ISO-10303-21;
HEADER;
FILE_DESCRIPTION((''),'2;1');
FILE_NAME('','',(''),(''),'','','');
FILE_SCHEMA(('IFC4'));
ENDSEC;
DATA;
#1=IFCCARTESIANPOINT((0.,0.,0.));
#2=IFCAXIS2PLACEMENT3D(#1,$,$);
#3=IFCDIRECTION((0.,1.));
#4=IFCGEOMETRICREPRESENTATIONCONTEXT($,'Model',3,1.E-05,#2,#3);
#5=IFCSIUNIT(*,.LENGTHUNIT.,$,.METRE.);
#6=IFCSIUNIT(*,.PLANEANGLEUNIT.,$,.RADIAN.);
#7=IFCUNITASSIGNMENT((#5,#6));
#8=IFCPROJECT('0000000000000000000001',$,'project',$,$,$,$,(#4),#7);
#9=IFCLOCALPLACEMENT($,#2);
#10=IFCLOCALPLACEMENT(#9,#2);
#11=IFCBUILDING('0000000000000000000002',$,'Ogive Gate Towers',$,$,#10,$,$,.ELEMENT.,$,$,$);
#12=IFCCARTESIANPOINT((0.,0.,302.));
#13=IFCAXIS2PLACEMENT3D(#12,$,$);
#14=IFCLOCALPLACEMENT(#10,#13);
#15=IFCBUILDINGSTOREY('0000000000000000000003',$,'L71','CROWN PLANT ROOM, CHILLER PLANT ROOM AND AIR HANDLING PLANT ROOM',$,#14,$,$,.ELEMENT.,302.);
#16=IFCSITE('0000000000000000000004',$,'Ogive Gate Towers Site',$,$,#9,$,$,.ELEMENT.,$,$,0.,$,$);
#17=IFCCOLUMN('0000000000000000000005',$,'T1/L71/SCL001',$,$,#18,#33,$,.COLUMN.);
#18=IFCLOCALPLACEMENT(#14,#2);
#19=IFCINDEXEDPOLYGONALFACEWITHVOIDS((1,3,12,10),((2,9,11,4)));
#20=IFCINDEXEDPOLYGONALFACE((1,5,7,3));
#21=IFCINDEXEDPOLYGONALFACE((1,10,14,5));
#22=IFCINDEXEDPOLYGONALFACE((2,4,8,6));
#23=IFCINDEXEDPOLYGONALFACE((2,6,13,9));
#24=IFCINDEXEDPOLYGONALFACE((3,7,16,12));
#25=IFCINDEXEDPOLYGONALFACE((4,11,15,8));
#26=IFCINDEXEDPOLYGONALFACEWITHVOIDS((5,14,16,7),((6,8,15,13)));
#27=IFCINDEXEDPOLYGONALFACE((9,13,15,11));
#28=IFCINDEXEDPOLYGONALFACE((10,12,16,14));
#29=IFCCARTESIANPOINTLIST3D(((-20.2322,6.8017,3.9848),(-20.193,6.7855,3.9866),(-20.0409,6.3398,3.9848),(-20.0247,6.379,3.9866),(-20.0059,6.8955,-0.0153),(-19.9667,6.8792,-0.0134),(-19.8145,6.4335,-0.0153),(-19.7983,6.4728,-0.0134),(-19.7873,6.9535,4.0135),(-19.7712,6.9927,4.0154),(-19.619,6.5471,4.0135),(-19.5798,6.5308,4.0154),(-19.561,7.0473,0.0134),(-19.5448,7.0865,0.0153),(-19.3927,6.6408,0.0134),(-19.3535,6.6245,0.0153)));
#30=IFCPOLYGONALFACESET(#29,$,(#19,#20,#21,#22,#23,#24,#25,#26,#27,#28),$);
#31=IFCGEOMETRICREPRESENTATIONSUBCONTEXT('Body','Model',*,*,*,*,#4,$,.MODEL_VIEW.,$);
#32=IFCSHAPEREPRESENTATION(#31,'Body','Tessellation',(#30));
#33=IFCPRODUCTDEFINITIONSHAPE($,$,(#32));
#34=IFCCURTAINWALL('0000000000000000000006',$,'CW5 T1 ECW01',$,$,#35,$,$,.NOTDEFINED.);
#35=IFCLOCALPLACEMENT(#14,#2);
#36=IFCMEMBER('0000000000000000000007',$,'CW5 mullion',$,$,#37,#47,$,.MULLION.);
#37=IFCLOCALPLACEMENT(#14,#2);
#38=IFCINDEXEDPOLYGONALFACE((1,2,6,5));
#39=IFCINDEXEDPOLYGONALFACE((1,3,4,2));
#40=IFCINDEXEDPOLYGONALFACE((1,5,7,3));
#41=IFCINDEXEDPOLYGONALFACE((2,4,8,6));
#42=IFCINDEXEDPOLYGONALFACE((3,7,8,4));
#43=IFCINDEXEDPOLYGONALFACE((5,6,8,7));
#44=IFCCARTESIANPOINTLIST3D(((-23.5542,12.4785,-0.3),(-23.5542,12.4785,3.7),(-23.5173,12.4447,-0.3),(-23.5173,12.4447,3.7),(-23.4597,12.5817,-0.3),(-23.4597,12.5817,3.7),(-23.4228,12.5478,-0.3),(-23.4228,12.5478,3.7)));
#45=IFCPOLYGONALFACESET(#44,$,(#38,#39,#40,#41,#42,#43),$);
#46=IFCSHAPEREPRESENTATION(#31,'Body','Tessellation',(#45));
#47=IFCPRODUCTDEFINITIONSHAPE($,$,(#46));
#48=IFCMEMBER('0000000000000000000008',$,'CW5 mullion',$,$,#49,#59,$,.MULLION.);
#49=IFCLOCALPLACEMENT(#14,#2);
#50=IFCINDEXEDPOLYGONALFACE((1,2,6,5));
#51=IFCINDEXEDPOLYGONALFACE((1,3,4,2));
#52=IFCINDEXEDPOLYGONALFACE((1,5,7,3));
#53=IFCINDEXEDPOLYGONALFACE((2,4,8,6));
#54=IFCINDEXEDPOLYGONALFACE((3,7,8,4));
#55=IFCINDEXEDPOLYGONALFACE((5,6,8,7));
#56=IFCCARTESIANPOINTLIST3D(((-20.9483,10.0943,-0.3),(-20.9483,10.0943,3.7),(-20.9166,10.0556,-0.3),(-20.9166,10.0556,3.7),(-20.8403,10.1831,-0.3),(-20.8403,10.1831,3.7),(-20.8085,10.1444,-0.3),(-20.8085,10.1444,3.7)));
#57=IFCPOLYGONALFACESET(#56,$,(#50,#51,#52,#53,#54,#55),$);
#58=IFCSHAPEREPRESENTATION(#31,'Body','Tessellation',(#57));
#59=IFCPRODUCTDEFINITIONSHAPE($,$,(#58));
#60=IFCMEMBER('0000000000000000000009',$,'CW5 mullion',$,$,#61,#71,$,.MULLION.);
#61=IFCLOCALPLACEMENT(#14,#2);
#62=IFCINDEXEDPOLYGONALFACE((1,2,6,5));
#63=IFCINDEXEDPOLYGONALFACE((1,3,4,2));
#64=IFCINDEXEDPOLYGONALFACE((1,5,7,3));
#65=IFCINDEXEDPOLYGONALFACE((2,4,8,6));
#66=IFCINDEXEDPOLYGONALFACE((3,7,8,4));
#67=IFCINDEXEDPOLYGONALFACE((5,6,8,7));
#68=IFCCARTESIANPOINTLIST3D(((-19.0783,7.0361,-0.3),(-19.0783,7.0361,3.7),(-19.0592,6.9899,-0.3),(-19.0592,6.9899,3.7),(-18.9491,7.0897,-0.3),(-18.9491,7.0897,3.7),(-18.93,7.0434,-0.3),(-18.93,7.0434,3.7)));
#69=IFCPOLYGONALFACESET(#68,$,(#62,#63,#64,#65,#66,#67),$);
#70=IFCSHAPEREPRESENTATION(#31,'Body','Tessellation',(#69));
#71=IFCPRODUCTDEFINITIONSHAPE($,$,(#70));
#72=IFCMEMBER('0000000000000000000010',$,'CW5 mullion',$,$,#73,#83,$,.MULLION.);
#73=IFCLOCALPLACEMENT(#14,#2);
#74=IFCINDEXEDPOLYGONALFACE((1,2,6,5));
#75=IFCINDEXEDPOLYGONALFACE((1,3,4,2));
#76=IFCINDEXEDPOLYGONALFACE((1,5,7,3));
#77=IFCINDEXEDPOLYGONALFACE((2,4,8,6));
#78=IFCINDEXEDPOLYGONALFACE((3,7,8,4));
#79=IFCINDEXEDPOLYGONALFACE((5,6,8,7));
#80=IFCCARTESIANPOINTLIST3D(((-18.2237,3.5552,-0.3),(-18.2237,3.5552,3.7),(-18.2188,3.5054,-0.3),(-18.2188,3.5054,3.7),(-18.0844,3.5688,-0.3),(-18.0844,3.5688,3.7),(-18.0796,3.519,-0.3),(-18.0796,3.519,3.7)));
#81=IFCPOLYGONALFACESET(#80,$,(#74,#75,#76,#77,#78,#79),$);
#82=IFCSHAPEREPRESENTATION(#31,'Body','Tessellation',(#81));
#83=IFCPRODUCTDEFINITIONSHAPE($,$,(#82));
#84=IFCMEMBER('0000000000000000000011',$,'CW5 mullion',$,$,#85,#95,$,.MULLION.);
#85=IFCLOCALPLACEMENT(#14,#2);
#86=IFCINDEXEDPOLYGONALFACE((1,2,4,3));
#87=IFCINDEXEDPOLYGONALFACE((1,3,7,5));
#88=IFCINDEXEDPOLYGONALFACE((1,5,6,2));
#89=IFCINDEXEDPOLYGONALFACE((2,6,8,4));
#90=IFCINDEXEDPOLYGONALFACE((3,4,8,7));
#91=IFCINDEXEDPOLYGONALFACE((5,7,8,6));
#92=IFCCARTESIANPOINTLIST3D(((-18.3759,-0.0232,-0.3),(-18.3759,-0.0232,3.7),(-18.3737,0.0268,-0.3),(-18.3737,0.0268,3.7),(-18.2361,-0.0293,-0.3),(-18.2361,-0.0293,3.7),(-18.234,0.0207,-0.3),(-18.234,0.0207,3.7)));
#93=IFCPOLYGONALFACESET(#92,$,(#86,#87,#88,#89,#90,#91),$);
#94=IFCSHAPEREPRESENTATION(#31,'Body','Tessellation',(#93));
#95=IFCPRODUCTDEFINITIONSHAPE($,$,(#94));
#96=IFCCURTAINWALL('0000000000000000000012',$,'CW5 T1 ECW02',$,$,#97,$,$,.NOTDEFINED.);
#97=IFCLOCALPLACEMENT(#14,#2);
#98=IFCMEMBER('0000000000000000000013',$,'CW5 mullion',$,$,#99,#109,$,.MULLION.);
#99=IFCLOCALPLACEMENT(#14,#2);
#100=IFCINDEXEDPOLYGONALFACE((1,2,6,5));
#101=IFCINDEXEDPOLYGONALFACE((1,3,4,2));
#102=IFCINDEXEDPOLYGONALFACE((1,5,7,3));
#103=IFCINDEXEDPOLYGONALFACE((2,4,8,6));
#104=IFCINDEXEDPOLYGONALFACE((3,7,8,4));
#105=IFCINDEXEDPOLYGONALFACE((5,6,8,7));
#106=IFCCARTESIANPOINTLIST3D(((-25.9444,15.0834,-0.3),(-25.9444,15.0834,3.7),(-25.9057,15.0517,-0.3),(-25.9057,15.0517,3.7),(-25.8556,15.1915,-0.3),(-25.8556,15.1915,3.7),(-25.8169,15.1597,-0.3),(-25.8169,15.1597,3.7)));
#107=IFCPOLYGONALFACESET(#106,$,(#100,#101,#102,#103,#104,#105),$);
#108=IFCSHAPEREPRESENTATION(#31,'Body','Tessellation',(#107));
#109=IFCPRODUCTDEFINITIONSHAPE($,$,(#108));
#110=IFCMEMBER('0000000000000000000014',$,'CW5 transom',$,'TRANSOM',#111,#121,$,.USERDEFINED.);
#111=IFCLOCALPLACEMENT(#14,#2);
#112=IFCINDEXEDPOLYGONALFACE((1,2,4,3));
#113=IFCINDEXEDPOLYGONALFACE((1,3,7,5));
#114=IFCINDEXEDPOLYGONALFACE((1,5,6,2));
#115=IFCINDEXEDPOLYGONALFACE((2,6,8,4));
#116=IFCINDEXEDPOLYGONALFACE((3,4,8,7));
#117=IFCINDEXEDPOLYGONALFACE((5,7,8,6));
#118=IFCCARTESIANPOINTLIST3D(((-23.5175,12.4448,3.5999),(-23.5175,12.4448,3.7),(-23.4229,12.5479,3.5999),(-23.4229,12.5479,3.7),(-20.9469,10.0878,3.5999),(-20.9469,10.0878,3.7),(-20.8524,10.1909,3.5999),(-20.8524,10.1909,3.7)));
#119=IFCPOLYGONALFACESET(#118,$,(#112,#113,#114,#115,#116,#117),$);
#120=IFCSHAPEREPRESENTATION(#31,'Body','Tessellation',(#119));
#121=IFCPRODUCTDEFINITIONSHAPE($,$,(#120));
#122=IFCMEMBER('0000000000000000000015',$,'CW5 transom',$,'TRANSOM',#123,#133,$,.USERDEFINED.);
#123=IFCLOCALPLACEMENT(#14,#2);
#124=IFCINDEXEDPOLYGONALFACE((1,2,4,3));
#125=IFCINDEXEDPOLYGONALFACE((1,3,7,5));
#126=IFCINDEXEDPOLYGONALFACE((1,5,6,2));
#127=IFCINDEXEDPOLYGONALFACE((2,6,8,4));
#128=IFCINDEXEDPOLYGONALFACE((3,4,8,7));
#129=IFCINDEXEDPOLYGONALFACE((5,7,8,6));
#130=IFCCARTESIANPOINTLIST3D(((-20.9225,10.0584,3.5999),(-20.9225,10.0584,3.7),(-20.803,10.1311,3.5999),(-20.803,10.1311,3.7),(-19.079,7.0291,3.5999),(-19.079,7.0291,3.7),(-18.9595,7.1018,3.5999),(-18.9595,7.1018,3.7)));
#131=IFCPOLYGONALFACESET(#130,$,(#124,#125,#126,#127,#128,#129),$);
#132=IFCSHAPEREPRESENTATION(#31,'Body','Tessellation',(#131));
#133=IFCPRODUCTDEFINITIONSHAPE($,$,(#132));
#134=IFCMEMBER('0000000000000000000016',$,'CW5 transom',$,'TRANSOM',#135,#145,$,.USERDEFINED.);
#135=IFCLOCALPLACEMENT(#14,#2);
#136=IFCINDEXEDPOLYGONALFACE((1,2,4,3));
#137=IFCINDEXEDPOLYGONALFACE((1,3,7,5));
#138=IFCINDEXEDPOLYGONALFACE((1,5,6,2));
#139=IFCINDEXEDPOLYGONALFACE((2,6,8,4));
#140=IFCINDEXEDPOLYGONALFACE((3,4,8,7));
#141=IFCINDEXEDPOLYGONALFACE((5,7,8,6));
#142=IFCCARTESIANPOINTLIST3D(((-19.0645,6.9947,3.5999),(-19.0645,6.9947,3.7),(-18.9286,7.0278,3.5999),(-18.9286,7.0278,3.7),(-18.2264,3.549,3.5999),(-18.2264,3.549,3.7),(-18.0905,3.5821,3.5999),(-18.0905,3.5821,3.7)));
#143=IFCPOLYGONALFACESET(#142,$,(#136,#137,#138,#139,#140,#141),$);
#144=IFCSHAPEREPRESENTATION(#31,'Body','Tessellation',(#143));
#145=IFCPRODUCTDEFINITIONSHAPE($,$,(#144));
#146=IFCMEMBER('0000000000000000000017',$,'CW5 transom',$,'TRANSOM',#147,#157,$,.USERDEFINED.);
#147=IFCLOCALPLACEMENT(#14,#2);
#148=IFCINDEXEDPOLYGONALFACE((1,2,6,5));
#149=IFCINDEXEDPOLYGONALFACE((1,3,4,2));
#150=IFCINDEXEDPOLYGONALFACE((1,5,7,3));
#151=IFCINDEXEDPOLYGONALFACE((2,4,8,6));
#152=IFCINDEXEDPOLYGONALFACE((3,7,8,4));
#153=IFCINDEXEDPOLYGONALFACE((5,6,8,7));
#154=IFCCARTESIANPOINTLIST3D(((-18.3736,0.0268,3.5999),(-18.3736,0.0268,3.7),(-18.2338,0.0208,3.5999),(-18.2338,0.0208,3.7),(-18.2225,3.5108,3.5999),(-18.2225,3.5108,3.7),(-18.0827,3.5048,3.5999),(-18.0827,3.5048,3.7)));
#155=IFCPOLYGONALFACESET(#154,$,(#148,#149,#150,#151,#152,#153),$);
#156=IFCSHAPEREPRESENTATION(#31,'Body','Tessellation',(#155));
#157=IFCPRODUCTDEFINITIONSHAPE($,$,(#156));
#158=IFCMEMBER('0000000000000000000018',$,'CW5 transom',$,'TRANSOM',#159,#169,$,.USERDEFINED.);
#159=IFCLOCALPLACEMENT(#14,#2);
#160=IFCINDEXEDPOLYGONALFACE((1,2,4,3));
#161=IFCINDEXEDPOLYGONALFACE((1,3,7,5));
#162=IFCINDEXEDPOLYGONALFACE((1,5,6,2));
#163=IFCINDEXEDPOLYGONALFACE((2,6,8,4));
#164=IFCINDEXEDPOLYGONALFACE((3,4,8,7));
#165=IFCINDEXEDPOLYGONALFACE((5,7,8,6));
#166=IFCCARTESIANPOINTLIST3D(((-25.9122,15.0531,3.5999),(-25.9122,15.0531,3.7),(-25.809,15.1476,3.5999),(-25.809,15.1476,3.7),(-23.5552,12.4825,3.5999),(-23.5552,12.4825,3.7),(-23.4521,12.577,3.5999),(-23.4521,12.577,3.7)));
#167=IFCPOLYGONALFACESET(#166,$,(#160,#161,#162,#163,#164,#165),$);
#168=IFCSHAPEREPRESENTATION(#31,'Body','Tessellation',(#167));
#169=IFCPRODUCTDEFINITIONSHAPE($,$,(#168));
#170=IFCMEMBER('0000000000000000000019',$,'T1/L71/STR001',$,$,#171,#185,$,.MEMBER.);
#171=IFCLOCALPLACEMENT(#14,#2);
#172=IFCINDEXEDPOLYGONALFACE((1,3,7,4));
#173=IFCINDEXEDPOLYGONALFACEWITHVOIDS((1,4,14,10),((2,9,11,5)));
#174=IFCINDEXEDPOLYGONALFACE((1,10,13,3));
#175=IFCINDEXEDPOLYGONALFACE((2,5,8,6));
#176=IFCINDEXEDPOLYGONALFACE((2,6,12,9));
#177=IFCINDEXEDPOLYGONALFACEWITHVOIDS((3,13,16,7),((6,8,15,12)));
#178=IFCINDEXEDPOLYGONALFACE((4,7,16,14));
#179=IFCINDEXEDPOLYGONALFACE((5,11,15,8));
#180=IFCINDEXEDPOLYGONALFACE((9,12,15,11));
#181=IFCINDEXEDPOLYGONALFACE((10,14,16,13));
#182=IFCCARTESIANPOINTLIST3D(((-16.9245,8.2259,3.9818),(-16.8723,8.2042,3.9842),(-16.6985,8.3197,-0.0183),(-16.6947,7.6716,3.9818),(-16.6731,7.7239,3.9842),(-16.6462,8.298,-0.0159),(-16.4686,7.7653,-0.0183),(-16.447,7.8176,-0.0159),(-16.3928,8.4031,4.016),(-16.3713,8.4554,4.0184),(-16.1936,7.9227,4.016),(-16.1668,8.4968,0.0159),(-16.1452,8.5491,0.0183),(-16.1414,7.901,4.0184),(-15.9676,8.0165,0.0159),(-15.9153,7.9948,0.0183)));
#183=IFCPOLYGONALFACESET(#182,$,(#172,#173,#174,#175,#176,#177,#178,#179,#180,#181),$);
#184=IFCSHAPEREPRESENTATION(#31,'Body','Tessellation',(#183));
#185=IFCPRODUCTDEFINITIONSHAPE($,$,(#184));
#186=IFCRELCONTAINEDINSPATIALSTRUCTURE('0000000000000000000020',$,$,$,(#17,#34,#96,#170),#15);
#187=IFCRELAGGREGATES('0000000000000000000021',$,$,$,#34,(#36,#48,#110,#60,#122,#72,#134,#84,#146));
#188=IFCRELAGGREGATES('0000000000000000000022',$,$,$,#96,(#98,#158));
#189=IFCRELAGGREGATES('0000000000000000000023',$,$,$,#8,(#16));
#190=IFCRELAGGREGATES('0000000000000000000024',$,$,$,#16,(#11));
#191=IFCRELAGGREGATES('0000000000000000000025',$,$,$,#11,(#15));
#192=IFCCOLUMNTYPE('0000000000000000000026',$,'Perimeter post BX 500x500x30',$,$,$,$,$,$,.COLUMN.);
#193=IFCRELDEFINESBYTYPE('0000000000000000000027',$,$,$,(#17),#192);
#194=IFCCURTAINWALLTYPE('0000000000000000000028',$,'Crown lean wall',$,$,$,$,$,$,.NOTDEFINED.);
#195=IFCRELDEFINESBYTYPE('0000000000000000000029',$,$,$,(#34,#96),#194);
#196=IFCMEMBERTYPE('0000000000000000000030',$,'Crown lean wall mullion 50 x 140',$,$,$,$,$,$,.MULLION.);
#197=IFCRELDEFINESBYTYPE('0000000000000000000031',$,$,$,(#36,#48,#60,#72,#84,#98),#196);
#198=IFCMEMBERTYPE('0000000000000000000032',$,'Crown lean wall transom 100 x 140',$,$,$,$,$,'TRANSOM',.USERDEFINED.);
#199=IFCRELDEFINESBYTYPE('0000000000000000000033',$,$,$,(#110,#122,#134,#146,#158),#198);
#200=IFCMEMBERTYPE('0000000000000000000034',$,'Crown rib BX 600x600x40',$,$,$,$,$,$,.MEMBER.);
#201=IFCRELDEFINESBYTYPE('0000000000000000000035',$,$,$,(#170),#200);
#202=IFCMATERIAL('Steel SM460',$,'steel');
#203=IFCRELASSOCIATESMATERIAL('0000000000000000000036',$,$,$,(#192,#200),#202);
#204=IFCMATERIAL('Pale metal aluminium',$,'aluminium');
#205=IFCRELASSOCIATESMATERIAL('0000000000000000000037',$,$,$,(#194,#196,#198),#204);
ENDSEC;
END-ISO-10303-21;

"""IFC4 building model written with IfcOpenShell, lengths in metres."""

from ifc_helpers import new_model, si_unit, direction, frame, origin, origin_2d, place, context, subcontext, project, spatial, rectangle, hollow_rectangle, extrude, material, material_profile, profile_set, type_object, element, aggregate, save


model = new_model("IFC4")

# Units and contexts
model_context = context("Model", 3, precision=1e-05, world=origin(), true_north=direction((0.0, 1.0)))
body_context = subcontext(model_context, "Body", "Model", "MODEL_VIEW")
ifc_project = project(units=[si_unit("LENGTHUNIT", "METRE"), si_unit("PLANEANGLEUNIT", "RADIAN")], contexts=[model_context])

# Site, building, storey
site_placement = place(None, origin())
site = spatial("IfcSite", under=ifc_project, at=site_placement, Name="Ogive Gate Towers Site", CompositionType="ELEMENT", RefElevation=0.0)
building_placement = place(site_placement, origin())
building = spatial("IfcBuilding", under=site, at=building_placement, Name="Ogive Gate Towers", CompositionType="ELEMENT")
storey_placement = place(building_placement, frame((0.0, 0.0, 302.0)))
storey = spatial("IfcBuildingStorey", under=building, at=storey_placement, Name="L71", Description="CROWN PLANT ROOM, CHILLER PLANT ROOM AND AIR HANDLING PLANT ROOM", CompositionType="ELEMENT", Elevation=302.0)

# Column
ifc_material_1 = material(Name="Steel SM460", Category="steel")
ifc_material_profile_1 = material_profile(ifc_material_1, hollow_rectangle(XDim=0.5, YDim=0.5, WallThickness=0.03, at=origin_2d()), Name="BX 500x500x30")
ifc_profile_set_1 = profile_set([ifc_material_profile_1], Name="Steel SM460")
column_type = type_object("IfcColumnType", Name="Perimeter post BX 500x500x30", PredefinedType="COLUMN", material=ifc_profile_set_1)
column_placement = place(storey_placement, frame((-19.6797, 6.76, 0.0), z_axis=(-0.056474, -0.023394, 0.99813), x_axis=(0.382704, -0.923871, 0.0)))
element("IfcColumn", 1, at=column_placement, inside=storey, type_object=column_type, Name="T1/L71/SCL001", PredefinedType="COLUMN", context=body_context, shape_type="SweptSolid", body=[
    extrude(hollow_rectangle(XDim=0.5, YDim=0.5, WallThickness=0.03, at=origin_2d()), origin(), (0.0, 0.0, 1.0), 4.0076),
])

# Curtain wall, members
ifc_material_2 = material(Name="Pale metal aluminium", Category="aluminium")
curtain_wall_type = type_object("IfcCurtainWallType", Name="Crown lean wall", PredefinedType="NOTDEFINED", material=ifc_material_2)
curtain_wall_1_placement = place(storey_placement, origin())
curtain_wall_1 = element("IfcCurtainWall", 2, at=curtain_wall_1_placement, inside=storey, type_object=curtain_wall_type, Name="CW5 T1 ECW01", PredefinedType="NOTDEFINED")
ifc_material_profile_2 = material_profile(ifc_material_2, rectangle(XDim=0.1399, YDim=0.05, at=origin_2d()), Name="50 x 140 aluminium box")
ifc_profile_set_2 = profile_set([ifc_material_profile_2], Name="Pale metal aluminium")
member_type_1 = type_object("IfcMemberType", Name="Crown lean wall mullion 50 x 140", PredefinedType="MULLION", material=ifc_profile_set_2)
member_1_placement = place(storey_placement, frame((-23.4885, 12.5132, -0.3), z_axis=(0.0, 0.0, 1.0), x_axis=(-0.675796, -0.737089, 0.0)))
member_1 = element("IfcMember", 3, at=member_1_placement, type_object=member_type_1, Name="CW5 mullion", PredefinedType="MULLION", context=body_context, shape_type="SweptSolid", body=[
    extrude(rectangle(XDim=0.1399, YDim=0.05, at=origin_2d()), origin(), (0.0, 0.0, 1.0), 4.0),
])
member_2_placement = place(storey_placement, frame((-20.8784, 10.1194, -0.3), z_axis=(0.0, 0.0, 1.0), x_axis=(-0.772689, -0.634784, 0.0)))
member_2 = element("IfcMember", 4, at=member_2_placement, type_object=member_type_1, Name="CW5 mullion", PredefinedType="MULLION", context=body_context, shape_type="SweptSolid", body=[
    extrude(rectangle(XDim=0.1399, YDim=0.05, at=origin_2d()), origin(), (0.0, 0.0, 1.0), 4.0),
])
member_3_placement = place(storey_placement, frame((-19.0042, 7.0398, -0.3), z_axis=(0.0, 0.0, 1.0), x_axis=(-0.92388, -0.382683, 0.0)))
member_3 = element("IfcMember", 5, at=member_3_placement, type_object=member_type_1, Name="CW5 mullion", PredefinedType="MULLION", context=body_context, shape_type="SweptSolid", body=[
    extrude(rectangle(XDim=0.1399, YDim=0.05, at=origin_2d()), origin(), (0.0, 0.0, 1.0), 4.0),
])
member_4_placement = place(storey_placement, frame((-18.1516, 3.5371, -0.3), z_axis=(0.0, 0.0, 1.0), x_axis=(-0.995234, -0.097513, 0.0)))
member_4 = element("IfcMember", 6, at=member_4_placement, type_object=member_type_1, Name="CW5 mullion", PredefinedType="MULLION", context=body_context, shape_type="SweptSolid", body=[
    extrude(rectangle(XDim=0.1399, YDim=0.05, at=origin_2d()), origin(), (0.0, 0.0, 1.0), 4.0),
])
member_5_placement = place(storey_placement, frame((-18.3049, -0.0012, -0.3), z_axis=(0.0, 0.0, 1.0), x_axis=(-0.99906, 0.04334, 0.0)))
member_5 = element("IfcMember", 7, at=member_5_placement, type_object=member_type_1, Name="CW5 mullion", PredefinedType="MULLION", context=body_context, shape_type="SweptSolid", body=[
    extrude(rectangle(XDim=0.1399, YDim=0.05, at=origin_2d()), origin(), (0.0, 0.0, 1.0), 4.0),
])

# Curtain wall, member
curtain_wall_2_placement = place(storey_placement, origin())
curtain_wall_2 = element("IfcCurtainWall", 8, at=curtain_wall_2_placement, inside=storey, type_object=curtain_wall_type, Name="CW5 T1 ECW02", PredefinedType="NOTDEFINED")
member_6_placement = place(storey_placement, frame((-25.8806, 15.1216, -0.3), z_axis=(0.0, 0.0, 1.0), x_axis=(-0.634784, -0.772689, 0.0)))
member_6 = element("IfcMember", 9, at=member_6_placement, type_object=member_type_1, Name="CW5 mullion", PredefinedType="MULLION", context=body_context, shape_type="SweptSolid", body=[
    extrude(rectangle(XDim=0.1399, YDim=0.05, at=origin_2d()), origin(), (0.0, 0.0, 1.0), 4.0),
])

# Members
ifc_material_profile_3 = material_profile(ifc_material_2, rectangle(XDim=0.1399, YDim=0.1001, at=origin_2d()), Name="100 x 140 aluminium box")
ifc_profile_set_3 = profile_set([ifc_material_profile_3], Name="Pale metal aluminium")
member_type_2 = type_object("IfcMemberType", Name="Crown lean wall transom 100 x 140", ElementType="TRANSOM", PredefinedType="USERDEFINED", material=ifc_profile_set_3)
member_7_placement = place(storey_placement, frame((-23.4702, 12.4963, 3.6499), z_axis=(0.73707, -0.675817, 0.0), x_axis=(0.675817, 0.73707, 0.0)))
member_7 = element("IfcMember", 10, at=member_7_placement, type_object=member_type_2, Name="CW5 transom", ObjectType="TRANSOM", PredefinedType="USERDEFINED", context=body_context, shape_type="SweptSolid", body=[
    extrude(rectangle(XDim=0.1399, YDim=0.1001, at=origin_2d()), origin(), (0.0, 0.0, 1.0), 3.4875),
])
member_8_placement = place(storey_placement, frame((-20.8628, 10.0947, 3.6499), z_axis=(0.519862, -0.85425, 0.0), x_axis=(0.85425, 0.519862, 0.0)))
member_8 = element("IfcMember", 11, at=member_8_placement, type_object=member_type_2, Name="CW5 transom", ObjectType="TRANSOM", PredefinedType="USERDEFINED", context=body_context, shape_type="SweptSolid", body=[
    extrude(rectangle(XDim=0.1399, YDim=0.1001, at=origin_2d()), origin(), (0.0, 0.0, 1.0), 3.5461),
])
member_9_placement = place(storey_placement, frame((-18.9966, 7.0112, 3.6499), z_axis=(0.236359, -0.971666, 0.0), x_axis=(0.971666, 0.236359, 0.0)))
member_9 = element("IfcMember", 12, at=member_9_placement, type_object=member_type_2, Name="CW5 transom", ObjectType="TRANSOM", PredefinedType="USERDEFINED", context=body_context, shape_type="SweptSolid", body=[
    extrude(rectangle(XDim=0.1399, YDim=0.1001, at=origin_2d()), origin(), (0.0, 0.0, 1.0), 3.5461),
])
member_10_placement = place(storey_placement, frame((-18.1526, 3.5078, 3.6499), z_axis=(-0.043334, -0.999061, 0.0), x_axis=(0.999061, -0.043334, 0.0)))
member_10 = element("IfcMember", 13, at=member_10_placement, type_object=member_type_2, Name="CW5 transom", ObjectType="TRANSOM", PredefinedType="USERDEFINED", context=body_context, shape_type="SweptSolid", body=[
    extrude(rectangle(XDim=0.1399, YDim=0.1001, at=origin_2d()), origin(), (0.0, 0.0, 1.0), 3.4873),
])
member_11_placement = place(storey_placement, frame((-25.8606, 15.1003, 3.6499), z_axis=(0.675817, -0.73707, 0.0), x_axis=(0.73707, 0.675817, 0.0)))
member_11 = element("IfcMember", 14, at=member_11_placement, type_object=member_type_2, Name="CW5 transom", ObjectType="TRANSOM", PredefinedType="USERDEFINED", context=body_context, shape_type="SweptSolid", body=[
    extrude(rectangle(XDim=0.1399, YDim=0.1001, at=origin_2d()), origin(), (0.0, 0.0, 1.0), 3.4875),
])
ifc_material_profile_4 = material_profile(ifc_material_1, hollow_rectangle(XDim=0.6001, YDim=0.6001, WallThickness=0.04, at=origin_2d()), Name="BX 600x600x40")
ifc_profile_set_4 = profile_set([ifc_material_profile_4], Name="Steel SM460")
member_type_3 = type_object("IfcMemberType", Name="Crown rib BX 600x600x40", PredefinedType="MEMBER", material=ifc_profile_set_4)
member_12_placement = place(storey_placement, frame((-16.3069, 8.1572, 0.0), z_axis=(-0.056413, -0.023394, 0.998133), x_axis=(0.383057, -0.923725, 0.0)))
element("IfcMember", 15, at=member_12_placement, inside=storey, type_object=member_type_3, Name="T1/L71/STR001", PredefinedType="MEMBER", context=body_context, shape_type="SweptSolid", body=[
    extrude(hollow_rectangle(XDim=0.6001, YDim=0.6001, WallThickness=0.04, at=origin_2d()), origin(), (0.0, 0.0, 1.0), 4.0076),
])

aggregate(curtain_wall_1, [member_1, member_2, member_7, member_3, member_8, member_4, member_9, member_5, member_10])
aggregate(curtain_wall_2, [member_6, member_11])

save(model, "model.ifc")
